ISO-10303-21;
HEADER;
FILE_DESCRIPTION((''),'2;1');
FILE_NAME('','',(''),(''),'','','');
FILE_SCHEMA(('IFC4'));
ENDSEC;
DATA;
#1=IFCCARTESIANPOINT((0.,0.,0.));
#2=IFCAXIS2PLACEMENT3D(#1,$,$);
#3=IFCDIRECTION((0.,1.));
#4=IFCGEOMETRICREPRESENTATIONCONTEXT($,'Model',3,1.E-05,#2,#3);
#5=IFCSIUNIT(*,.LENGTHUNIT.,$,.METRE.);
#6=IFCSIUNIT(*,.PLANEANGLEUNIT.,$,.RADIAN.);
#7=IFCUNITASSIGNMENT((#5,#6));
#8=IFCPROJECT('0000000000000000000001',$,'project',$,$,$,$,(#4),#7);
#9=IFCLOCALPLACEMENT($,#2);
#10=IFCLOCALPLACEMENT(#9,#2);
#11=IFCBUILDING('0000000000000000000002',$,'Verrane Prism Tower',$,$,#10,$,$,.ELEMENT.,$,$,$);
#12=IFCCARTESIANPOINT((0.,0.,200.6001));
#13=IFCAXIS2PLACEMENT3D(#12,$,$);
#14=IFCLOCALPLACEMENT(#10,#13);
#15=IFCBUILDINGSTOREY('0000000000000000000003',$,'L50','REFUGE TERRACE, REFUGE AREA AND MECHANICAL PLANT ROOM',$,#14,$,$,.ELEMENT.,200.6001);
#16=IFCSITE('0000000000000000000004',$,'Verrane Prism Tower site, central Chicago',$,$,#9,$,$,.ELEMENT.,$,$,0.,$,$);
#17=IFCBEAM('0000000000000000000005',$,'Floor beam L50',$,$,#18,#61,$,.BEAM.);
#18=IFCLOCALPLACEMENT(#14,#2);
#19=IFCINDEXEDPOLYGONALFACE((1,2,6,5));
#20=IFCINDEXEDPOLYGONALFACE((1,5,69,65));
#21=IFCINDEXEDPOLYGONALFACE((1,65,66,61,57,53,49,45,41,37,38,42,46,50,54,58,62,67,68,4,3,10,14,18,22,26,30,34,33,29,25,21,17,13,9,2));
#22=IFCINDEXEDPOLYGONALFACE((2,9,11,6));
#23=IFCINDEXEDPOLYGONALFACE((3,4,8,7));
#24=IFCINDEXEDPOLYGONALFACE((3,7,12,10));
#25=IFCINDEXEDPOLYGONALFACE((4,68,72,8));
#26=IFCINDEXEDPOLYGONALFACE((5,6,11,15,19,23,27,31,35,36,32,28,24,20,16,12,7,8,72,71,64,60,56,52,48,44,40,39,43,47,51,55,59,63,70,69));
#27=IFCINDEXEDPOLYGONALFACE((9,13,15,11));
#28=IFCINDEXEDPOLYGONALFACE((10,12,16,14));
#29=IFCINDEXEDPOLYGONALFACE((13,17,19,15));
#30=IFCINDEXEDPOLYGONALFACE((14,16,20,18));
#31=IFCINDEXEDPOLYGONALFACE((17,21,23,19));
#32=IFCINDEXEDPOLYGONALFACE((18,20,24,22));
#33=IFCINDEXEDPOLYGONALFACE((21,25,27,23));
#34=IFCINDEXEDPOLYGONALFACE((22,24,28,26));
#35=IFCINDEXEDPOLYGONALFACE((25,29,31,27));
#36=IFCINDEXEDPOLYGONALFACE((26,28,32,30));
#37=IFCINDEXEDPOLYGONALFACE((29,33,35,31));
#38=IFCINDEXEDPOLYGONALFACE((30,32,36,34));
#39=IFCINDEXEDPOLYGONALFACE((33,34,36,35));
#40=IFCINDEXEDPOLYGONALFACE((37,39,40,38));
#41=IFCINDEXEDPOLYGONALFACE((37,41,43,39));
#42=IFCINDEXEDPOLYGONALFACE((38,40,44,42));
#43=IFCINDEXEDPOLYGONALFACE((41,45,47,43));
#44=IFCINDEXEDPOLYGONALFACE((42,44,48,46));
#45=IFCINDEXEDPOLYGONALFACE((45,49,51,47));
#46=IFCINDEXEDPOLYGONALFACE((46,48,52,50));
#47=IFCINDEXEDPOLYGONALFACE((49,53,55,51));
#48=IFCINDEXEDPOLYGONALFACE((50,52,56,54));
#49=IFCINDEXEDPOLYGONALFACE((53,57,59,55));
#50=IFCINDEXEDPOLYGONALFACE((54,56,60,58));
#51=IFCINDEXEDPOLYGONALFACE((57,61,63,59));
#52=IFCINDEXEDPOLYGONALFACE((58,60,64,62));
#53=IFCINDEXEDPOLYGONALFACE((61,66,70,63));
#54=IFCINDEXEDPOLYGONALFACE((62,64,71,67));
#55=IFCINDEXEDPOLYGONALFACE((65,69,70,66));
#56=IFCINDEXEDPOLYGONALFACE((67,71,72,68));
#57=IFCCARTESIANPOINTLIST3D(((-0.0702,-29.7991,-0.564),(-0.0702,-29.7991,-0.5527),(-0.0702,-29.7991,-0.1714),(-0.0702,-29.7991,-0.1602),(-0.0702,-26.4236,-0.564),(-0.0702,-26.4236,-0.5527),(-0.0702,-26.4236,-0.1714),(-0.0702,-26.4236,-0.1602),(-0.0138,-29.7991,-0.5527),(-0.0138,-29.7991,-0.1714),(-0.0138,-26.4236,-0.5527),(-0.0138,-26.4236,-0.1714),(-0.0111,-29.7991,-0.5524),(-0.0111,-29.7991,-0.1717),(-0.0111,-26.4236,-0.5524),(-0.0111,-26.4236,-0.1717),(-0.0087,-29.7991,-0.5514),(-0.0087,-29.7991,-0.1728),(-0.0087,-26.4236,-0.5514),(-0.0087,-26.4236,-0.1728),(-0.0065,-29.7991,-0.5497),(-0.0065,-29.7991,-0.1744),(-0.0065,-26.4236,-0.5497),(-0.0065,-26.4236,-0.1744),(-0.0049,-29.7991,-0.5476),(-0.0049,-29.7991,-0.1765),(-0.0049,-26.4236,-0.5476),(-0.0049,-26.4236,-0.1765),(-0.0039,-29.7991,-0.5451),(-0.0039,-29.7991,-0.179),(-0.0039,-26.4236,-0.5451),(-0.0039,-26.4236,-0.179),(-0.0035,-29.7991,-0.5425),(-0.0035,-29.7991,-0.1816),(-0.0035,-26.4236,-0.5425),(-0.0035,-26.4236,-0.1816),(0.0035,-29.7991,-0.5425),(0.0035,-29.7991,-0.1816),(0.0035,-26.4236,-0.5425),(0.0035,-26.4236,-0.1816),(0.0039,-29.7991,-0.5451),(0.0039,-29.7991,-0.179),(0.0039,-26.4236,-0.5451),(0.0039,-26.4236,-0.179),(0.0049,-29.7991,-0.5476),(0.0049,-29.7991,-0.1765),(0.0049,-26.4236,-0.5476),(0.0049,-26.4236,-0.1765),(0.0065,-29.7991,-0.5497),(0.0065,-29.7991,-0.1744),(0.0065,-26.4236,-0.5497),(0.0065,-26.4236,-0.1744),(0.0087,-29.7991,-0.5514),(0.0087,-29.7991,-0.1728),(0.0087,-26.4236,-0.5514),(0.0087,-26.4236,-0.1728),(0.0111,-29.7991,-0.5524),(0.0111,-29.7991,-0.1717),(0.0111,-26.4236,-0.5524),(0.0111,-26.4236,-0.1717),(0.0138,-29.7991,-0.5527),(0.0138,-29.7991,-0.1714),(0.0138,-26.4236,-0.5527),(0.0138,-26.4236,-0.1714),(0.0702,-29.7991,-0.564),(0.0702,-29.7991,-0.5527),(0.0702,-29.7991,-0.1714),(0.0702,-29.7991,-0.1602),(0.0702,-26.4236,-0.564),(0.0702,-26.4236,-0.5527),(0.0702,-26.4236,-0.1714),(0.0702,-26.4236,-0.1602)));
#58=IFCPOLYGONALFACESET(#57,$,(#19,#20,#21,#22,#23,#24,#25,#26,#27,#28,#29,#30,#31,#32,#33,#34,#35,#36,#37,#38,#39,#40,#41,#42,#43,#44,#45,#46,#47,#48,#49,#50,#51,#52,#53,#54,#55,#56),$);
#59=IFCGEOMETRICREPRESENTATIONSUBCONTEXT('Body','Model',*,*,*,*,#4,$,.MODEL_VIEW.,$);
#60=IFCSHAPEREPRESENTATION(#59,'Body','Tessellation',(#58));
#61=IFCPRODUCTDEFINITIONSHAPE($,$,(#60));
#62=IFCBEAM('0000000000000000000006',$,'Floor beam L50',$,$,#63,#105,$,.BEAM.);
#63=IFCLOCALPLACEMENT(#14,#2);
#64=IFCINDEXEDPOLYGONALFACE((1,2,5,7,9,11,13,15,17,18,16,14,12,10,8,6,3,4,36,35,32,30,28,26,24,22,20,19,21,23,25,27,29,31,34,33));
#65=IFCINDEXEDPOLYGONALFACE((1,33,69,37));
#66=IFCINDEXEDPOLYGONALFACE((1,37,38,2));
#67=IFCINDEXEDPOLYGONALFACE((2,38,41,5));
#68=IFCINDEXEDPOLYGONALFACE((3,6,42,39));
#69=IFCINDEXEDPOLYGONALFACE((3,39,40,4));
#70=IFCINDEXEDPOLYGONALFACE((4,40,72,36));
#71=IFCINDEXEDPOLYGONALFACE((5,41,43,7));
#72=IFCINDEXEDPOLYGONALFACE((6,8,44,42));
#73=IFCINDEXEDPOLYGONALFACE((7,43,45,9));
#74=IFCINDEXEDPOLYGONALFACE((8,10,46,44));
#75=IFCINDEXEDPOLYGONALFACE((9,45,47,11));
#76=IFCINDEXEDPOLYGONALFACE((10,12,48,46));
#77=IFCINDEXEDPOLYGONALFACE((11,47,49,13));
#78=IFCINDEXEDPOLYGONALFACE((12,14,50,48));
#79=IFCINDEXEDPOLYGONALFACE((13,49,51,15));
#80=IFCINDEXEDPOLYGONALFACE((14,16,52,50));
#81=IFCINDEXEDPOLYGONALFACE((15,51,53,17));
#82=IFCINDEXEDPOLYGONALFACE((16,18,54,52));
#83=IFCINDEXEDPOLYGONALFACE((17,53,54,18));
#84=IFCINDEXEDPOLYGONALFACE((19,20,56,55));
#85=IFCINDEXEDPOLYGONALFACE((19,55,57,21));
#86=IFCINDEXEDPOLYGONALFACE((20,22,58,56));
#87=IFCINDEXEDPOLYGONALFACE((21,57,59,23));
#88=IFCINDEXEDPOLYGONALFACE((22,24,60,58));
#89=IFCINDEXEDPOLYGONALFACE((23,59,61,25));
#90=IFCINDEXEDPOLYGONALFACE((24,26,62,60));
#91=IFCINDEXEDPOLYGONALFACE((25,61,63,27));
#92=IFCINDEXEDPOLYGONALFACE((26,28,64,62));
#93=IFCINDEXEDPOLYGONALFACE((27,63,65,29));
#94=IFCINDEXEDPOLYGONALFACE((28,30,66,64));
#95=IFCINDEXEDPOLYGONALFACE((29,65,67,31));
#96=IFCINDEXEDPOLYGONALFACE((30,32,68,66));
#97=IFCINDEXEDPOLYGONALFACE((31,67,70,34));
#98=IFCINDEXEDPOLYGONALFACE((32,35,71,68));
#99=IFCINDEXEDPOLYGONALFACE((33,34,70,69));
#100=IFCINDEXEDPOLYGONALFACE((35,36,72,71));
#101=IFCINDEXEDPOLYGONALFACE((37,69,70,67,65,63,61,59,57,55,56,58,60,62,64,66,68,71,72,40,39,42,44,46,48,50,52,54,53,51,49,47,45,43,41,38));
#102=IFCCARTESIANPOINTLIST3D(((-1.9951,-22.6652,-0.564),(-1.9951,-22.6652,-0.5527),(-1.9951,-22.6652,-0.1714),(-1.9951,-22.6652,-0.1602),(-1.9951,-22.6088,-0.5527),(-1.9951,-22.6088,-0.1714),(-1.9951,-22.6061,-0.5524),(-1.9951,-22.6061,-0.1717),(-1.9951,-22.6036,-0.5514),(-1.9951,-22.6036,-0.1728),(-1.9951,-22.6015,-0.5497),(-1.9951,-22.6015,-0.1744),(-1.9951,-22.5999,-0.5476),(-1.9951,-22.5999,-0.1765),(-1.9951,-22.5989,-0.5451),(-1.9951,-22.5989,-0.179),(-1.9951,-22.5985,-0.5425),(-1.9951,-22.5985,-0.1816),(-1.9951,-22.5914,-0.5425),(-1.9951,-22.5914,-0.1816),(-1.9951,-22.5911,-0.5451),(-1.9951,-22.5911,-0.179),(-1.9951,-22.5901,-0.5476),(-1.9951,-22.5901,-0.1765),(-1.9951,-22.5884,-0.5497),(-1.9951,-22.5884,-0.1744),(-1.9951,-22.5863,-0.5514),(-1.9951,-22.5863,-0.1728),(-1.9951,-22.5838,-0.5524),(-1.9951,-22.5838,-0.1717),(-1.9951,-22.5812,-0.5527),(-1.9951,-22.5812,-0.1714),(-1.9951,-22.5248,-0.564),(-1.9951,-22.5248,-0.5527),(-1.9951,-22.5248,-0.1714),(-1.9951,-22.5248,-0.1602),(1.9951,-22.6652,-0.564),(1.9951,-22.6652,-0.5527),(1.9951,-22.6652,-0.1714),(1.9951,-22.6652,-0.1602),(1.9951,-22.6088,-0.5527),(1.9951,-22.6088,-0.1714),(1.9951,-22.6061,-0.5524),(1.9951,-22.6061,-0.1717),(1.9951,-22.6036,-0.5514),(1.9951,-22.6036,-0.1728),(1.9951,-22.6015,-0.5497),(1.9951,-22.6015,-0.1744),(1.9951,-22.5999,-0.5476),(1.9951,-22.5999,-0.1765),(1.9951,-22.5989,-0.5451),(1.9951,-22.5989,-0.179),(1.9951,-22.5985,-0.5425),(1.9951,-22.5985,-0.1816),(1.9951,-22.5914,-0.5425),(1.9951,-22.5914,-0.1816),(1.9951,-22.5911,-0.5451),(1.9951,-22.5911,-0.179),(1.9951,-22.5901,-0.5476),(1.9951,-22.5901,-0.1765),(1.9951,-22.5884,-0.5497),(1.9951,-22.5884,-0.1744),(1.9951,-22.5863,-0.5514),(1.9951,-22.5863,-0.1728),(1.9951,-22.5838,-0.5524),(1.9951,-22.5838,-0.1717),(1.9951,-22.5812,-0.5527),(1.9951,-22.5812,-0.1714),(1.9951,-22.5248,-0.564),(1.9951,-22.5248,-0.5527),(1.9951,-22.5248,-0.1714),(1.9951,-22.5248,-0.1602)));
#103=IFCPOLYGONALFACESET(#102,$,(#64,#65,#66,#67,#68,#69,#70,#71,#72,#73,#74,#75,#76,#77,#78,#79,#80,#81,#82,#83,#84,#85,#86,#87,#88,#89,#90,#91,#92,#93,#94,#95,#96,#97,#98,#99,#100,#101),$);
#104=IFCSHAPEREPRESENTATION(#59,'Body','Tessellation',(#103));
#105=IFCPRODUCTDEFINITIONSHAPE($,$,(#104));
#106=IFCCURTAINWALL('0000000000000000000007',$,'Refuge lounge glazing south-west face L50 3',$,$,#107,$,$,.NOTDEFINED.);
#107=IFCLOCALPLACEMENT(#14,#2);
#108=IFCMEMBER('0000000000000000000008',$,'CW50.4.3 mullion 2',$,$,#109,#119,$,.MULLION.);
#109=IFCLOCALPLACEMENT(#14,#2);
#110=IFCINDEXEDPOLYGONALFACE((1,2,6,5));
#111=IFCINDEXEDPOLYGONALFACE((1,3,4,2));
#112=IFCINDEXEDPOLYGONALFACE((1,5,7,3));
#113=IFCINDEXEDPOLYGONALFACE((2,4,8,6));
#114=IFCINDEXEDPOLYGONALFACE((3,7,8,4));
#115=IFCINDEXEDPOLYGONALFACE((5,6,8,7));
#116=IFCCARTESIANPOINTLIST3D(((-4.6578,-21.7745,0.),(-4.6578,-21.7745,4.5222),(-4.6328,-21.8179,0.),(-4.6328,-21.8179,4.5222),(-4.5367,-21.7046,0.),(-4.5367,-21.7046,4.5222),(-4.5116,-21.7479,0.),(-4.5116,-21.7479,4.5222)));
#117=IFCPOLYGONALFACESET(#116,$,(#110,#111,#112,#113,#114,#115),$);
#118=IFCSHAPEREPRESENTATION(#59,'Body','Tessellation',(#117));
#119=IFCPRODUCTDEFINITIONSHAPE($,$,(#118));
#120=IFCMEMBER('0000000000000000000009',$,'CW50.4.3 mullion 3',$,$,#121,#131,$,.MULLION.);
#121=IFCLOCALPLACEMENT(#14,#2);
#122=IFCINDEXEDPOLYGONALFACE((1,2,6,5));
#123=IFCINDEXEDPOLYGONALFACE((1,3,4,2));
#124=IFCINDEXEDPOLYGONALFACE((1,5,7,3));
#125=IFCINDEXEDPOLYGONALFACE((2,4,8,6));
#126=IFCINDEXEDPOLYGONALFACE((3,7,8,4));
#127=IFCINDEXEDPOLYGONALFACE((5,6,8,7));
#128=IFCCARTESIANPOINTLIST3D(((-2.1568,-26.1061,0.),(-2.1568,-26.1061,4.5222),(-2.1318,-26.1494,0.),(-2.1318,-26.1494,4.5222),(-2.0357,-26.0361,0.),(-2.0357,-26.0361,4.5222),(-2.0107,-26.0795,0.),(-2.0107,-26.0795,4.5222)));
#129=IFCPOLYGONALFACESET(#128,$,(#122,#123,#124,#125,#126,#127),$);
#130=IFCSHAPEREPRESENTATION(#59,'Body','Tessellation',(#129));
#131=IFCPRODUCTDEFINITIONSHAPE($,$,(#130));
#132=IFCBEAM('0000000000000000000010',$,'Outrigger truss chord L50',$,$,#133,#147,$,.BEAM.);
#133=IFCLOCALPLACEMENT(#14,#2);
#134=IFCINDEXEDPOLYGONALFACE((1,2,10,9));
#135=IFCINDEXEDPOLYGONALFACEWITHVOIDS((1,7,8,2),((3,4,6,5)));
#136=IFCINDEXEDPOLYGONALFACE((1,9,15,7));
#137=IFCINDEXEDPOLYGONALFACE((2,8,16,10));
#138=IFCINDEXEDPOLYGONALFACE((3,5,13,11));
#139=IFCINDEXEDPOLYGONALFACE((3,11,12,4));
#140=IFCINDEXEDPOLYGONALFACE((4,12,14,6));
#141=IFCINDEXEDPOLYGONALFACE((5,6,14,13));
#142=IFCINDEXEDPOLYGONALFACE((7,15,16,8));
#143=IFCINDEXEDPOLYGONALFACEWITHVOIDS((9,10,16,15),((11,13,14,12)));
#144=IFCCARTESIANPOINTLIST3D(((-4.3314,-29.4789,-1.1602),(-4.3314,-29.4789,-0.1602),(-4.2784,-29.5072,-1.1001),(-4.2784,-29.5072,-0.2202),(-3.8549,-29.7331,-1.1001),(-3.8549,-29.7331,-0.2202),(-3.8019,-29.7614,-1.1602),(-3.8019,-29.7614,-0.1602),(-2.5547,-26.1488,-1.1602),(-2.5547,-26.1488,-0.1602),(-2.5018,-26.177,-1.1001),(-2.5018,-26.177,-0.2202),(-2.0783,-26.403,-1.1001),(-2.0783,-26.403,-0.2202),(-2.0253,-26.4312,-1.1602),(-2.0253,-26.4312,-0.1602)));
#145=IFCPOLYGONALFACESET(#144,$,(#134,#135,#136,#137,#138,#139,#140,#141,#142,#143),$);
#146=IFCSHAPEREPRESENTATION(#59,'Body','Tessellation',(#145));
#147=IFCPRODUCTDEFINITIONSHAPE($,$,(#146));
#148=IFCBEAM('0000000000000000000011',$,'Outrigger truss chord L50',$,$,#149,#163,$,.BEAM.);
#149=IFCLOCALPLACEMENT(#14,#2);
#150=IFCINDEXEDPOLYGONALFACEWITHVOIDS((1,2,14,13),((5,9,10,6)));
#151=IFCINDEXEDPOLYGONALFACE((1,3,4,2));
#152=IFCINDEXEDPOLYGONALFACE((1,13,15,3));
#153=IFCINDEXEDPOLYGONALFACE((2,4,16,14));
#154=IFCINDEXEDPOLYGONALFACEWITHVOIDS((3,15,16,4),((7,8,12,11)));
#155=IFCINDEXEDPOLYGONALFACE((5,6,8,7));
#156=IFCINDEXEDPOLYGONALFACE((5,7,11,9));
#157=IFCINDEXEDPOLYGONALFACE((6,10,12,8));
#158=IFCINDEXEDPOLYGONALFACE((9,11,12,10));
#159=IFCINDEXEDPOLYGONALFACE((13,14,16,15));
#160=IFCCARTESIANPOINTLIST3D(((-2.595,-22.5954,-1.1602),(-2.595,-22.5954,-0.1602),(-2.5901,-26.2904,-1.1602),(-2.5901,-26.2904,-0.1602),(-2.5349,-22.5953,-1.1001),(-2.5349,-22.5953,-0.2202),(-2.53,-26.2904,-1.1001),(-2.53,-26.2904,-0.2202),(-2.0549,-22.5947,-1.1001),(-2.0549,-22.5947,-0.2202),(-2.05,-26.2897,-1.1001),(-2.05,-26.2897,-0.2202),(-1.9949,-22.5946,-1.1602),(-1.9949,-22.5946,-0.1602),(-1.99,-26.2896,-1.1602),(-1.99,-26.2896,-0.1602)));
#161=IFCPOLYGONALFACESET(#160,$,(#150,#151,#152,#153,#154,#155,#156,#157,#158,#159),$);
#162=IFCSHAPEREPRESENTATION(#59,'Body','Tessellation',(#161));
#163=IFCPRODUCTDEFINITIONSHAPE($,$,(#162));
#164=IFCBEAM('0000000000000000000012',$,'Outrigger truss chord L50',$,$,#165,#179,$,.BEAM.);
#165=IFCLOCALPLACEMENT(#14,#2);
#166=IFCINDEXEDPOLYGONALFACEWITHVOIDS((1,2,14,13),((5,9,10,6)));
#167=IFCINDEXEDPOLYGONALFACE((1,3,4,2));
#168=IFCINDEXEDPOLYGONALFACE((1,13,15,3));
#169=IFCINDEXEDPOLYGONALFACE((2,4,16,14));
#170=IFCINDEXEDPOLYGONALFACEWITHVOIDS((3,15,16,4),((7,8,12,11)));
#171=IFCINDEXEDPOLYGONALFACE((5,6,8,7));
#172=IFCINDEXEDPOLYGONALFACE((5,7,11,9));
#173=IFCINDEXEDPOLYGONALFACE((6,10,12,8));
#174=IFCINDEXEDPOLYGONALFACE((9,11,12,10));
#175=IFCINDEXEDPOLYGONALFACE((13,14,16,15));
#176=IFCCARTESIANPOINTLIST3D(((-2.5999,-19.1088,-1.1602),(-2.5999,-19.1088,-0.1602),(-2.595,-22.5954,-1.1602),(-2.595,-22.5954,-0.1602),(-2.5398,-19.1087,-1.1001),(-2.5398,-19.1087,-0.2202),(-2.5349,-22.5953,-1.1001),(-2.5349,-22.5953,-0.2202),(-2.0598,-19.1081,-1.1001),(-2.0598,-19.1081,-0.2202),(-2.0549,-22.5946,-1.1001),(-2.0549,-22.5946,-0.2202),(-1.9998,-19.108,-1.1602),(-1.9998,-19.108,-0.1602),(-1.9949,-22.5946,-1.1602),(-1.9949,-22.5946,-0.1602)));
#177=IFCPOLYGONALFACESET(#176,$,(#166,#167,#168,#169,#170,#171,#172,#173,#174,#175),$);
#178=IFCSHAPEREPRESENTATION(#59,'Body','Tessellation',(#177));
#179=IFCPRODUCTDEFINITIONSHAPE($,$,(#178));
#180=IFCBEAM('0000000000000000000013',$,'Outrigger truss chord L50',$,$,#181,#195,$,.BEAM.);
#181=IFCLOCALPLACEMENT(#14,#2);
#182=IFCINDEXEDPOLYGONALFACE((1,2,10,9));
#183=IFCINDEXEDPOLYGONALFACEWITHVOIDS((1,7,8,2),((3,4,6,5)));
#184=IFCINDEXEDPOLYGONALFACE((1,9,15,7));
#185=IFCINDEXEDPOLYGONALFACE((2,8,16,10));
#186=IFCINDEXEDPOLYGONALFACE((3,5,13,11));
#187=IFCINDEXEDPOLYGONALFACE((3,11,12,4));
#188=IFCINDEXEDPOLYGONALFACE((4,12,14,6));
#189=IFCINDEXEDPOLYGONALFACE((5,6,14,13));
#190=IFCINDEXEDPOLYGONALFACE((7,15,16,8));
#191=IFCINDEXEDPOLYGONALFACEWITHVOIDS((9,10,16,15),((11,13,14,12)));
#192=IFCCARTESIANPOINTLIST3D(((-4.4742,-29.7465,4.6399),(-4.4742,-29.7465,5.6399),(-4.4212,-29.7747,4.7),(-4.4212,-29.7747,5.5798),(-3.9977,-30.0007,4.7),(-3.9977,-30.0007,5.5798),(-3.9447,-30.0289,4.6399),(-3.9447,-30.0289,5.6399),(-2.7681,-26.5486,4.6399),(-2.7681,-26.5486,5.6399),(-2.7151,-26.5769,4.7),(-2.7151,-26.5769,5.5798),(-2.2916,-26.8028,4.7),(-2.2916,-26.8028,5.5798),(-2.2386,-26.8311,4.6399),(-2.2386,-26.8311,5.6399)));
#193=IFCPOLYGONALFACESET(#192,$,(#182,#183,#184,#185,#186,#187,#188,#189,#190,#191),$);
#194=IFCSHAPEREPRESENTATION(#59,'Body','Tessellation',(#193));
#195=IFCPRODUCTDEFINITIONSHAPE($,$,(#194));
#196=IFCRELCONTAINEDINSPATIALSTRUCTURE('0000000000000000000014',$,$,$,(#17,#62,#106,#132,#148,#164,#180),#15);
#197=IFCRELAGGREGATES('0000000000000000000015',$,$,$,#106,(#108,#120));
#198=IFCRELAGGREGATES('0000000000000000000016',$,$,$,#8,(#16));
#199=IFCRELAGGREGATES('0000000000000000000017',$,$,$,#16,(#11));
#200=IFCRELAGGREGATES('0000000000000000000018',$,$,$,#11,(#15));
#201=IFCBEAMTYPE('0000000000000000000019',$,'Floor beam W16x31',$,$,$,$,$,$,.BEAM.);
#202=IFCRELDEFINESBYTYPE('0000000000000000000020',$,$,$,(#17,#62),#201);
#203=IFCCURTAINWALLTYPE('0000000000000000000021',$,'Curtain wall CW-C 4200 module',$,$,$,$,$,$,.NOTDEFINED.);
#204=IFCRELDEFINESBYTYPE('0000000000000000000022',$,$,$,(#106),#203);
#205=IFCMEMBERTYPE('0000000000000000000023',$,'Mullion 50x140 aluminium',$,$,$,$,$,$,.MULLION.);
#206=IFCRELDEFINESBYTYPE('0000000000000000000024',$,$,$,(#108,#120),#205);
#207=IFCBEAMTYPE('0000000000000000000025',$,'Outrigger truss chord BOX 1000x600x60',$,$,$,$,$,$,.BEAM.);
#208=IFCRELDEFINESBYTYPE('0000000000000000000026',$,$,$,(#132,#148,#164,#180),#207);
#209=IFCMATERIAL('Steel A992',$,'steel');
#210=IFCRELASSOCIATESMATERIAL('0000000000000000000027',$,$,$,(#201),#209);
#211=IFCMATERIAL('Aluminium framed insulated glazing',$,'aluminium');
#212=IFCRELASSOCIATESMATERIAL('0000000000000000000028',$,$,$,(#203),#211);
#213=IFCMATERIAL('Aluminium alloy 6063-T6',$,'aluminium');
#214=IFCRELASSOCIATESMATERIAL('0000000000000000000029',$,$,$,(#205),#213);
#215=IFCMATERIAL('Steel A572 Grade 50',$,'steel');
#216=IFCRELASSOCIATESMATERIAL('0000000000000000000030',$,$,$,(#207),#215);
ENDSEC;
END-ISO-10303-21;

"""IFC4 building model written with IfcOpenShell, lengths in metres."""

from ifc_helpers import new_model, si_unit, direction, frame, origin, origin_2d, place, context, subcontext, project, spatial, rectangle, hollow_rectangle, i_section, extrude, material, material_profile, profile_set, type_object, element, aggregate, save


model = new_model("IFC4")

# Units and contexts
model_context = context("Model", 3, precision=1e-05, world=origin(), true_north=direction((0.0, 1.0)))
body_context = subcontext(model_context, "Body", "Model", "MODEL_VIEW")
ifc_project = project(units=[si_unit("LENGTHUNIT", "METRE"), si_unit("PLANEANGLEUNIT", "RADIAN")], contexts=[model_context])

# Site, building, storey
site_placement = place(None, origin())
site = spatial("IfcSite", under=ifc_project, at=site_placement, Name="Verrane Prism Tower site, central Chicago", CompositionType="ELEMENT", RefElevation=0.0)
building_placement = place(site_placement, origin())
building = spatial("IfcBuilding", under=site, at=building_placement, Name="Verrane Prism Tower", CompositionType="ELEMENT")
storey_placement = place(building_placement, frame((0.0, 0.0, 200.6001)))
storey = spatial("IfcBuildingStorey", under=building, at=storey_placement, Name="L50", Description="REFUGE TERRACE, REFUGE AREA AND MECHANICAL PLANT ROOM", CompositionType="ELEMENT", Elevation=200.6001)

# Beams
ifc_material_1 = material(Name="Steel A992", Category="steel")
ifc_material_profile_1 = material_profile(ifc_material_1, i_section(OverallWidth=0.1404, OverallDepth=0.4038, WebThickness=0.0071, FlangeThickness=0.0112, FilletRadius=0.0103, at=origin_2d()), Name="W16x31")
ifc_profile_set_1 = profile_set([ifc_material_profile_1], Name="Steel A992")
beam_type_1 = type_object("IfcBeamType", Name="Floor beam W16x31", PredefinedType="BEAM", material=ifc_profile_set_1)
beam_1_placement = place(storey_placement, frame((0.0, -29.7991, -0.3621), z_axis=(0.0, 1.0, 0.0), x_axis=(-1.0, 0.0, 0.0)))
element("IfcBeam", 1, at=beam_1_placement, inside=storey, type_object=beam_type_1, Name="Floor beam L50", PredefinedType="BEAM", context=body_context, shape_type="SweptSolid", body=[
    extrude(i_section(OverallWidth=0.1404, OverallDepth=0.4038, WebThickness=0.0071, FlangeThickness=0.0112, FilletRadius=0.0103, at=origin_2d()), origin(), (0.0, 0.0, 1.0), 3.3755),
])
beam_2_placement = place(storey_placement, frame((-1.9951, -22.595, -0.3621), z_axis=(1.0, 0.0, 0.0), x_axis=(0.0, 1.0, 0.0)))
element("IfcBeam", 2, at=beam_2_placement, inside=storey, type_object=beam_type_1, Name="Floor beam L50", PredefinedType="BEAM", context=body_context, shape_type="SweptSolid", body=[
    extrude(i_section(OverallWidth=0.1404, OverallDepth=0.4038, WebThickness=0.0071, FlangeThickness=0.0112, FilletRadius=0.0103, at=origin_2d()), origin(), (0.0, 0.0, 1.0), 3.9902),
])

# Curtain wall, members
ifc_material_2 = material(Name="Aluminium framed insulated glazing", Category="aluminium")
curtain_wall_type = type_object("IfcCurtainWallType", Name="Curtain wall CW-C 4200 module", PredefinedType="NOTDEFINED", material=ifc_material_2)
curtain_wall_placement = place(storey_placement, origin())
curtain_wall = element("IfcCurtainWall", 3, at=curtain_wall_placement, inside=storey, type_object=curtain_wall_type, Name="Refuge lounge glazing south-west face L50 3", PredefinedType="NOTDEFINED")
ifc_material_3 = material(Name="Aluminium alloy 6063-T6", Category="aluminium")
ifc_material_profile_2 = material_profile(ifc_material_3, rectangle(XDim=0.1399, YDim=0.05, at=origin_2d()), Name="Mullion 50x140 aluminium")
ifc_profile_set_2 = profile_set([ifc_material_profile_2], Name="Aluminium alloy 6063-T6")
member_type_1 = type_object("IfcMemberType", Name="Mullion 50x140 aluminium", PredefinedType="MULLION", material=ifc_profile_set_2)
member_1_placement = place(storey_placement, frame((-4.5847, -21.7612, 0.0), z_axis=(0.0, 0.0, 1.0), x_axis=(0.866027, 0.499997, 0.0)))
member_1 = element("IfcMember", 4, at=member_1_placement, type_object=member_type_1, Name="CW50.4.3 mullion 2", PredefinedType="MULLION", context=body_context, shape_type="SweptSolid", body=[
    extrude(rectangle(XDim=0.1399, YDim=0.05, at=origin_2d()), origin(), (0.0, 0.0, 1.0), 4.5222),
])
member_2_placement = place(storey_placement, frame((-2.0837, -26.0928, 0.0), z_axis=(0.0, 0.0, 1.0), x_axis=(0.866027, 0.499997, 0.0)))
member_2 = element("IfcMember", 5, at=member_2_placement, type_object=member_type_1, Name="CW50.4.3 mullion 3", PredefinedType="MULLION", context=body_context, shape_type="SweptSolid", body=[
    extrude(rectangle(XDim=0.1399, YDim=0.05, at=origin_2d()), origin(), (0.0, 0.0, 1.0), 4.5222),
])

# Beams
ifc_material_4 = material(Name="Steel A572 Grade 50", Category="steel")
ifc_material_profile_3 = material_profile(ifc_material_4, hollow_rectangle(XDim=0.6001, YDim=1.0, WallThickness=0.0601, at=origin_2d()), Name="BOX 1000x600x60")
ifc_profile_set_3 = profile_set([ifc_material_profile_3], Name="Steel A572 Grade 50")
beam_type_2 = type_object("IfcBeamType", Name="Outrigger truss chord BOX 1000x600x60", PredefinedType="BEAM", material=ifc_profile_set_3)
beam_3_placement = place(storey_placement, frame((-4.0667, -29.6201, -0.6602), z_axis=(0.470706, 0.88229, 0.0), x_axis=(-0.88229, 0.470706, 0.0)))
element("IfcBeam", 6, at=beam_3_placement, inside=storey, type_object=beam_type_2, Name="Outrigger truss chord L50", PredefinedType="BEAM", context=body_context, shape_type="SweptSolid", body=[
    extrude(hollow_rectangle(XDim=0.6001, YDim=1.0, WallThickness=0.0601, at=origin_2d()), origin(), (0.0, 0.0, 1.0), 3.7744),
])
beam_4_placement = place(storey_placement, frame((-2.29, -26.29, -0.6602), z_axis=(-0.001321, 0.999999, 0.0), x_axis=(-0.999999, -0.001321, 0.0)))
element("IfcBeam", 7, at=beam_4_placement, inside=storey, type_object=beam_type_2, Name="Outrigger truss chord L50", PredefinedType="BEAM", context=body_context, shape_type="SweptSolid", body=[
    extrude(hollow_rectangle(XDim=0.6001, YDim=1.0, WallThickness=0.0601, at=origin_2d()), origin(), (0.0, 0.0, 1.0), 3.6951),
])
beam_5_placement = place(storey_placement, frame((-2.2949, -22.595, -0.6602), z_axis=(-0.0014, 0.999999, 0.0), x_axis=(-0.999999, -0.0014, 0.0)))
element("IfcBeam", 8, at=beam_5_placement, inside=storey, type_object=beam_type_2, Name="Outrigger truss chord L50", PredefinedType="BEAM", context=body_context, shape_type="SweptSolid", body=[
    extrude(hollow_rectangle(XDim=0.6001, YDim=1.0, WallThickness=0.0601, at=origin_2d()), origin(), (0.0, 0.0, 1.0), 3.4866),
])
beam_6_placement = place(storey_placement, frame((-4.2095, -29.8877, 5.1399), z_axis=(0.470714, 0.882286, 0.0), x_axis=(-0.882286, 0.470714, 0.0)))
element("IfcBeam", 9, at=beam_6_placement, inside=storey, type_object=beam_type_2, Name="Outrigger truss chord L50", PredefinedType="BEAM", context=body_context, shape_type="SweptSolid", body=[
    extrude(hollow_rectangle(XDim=0.6001, YDim=1.0, WallThickness=0.0601, at=origin_2d()), origin(), (0.0, 0.0, 1.0), 3.6245),
])

aggregate(curtain_wall, [member_1, member_2])

save(model, "model.ifc")
